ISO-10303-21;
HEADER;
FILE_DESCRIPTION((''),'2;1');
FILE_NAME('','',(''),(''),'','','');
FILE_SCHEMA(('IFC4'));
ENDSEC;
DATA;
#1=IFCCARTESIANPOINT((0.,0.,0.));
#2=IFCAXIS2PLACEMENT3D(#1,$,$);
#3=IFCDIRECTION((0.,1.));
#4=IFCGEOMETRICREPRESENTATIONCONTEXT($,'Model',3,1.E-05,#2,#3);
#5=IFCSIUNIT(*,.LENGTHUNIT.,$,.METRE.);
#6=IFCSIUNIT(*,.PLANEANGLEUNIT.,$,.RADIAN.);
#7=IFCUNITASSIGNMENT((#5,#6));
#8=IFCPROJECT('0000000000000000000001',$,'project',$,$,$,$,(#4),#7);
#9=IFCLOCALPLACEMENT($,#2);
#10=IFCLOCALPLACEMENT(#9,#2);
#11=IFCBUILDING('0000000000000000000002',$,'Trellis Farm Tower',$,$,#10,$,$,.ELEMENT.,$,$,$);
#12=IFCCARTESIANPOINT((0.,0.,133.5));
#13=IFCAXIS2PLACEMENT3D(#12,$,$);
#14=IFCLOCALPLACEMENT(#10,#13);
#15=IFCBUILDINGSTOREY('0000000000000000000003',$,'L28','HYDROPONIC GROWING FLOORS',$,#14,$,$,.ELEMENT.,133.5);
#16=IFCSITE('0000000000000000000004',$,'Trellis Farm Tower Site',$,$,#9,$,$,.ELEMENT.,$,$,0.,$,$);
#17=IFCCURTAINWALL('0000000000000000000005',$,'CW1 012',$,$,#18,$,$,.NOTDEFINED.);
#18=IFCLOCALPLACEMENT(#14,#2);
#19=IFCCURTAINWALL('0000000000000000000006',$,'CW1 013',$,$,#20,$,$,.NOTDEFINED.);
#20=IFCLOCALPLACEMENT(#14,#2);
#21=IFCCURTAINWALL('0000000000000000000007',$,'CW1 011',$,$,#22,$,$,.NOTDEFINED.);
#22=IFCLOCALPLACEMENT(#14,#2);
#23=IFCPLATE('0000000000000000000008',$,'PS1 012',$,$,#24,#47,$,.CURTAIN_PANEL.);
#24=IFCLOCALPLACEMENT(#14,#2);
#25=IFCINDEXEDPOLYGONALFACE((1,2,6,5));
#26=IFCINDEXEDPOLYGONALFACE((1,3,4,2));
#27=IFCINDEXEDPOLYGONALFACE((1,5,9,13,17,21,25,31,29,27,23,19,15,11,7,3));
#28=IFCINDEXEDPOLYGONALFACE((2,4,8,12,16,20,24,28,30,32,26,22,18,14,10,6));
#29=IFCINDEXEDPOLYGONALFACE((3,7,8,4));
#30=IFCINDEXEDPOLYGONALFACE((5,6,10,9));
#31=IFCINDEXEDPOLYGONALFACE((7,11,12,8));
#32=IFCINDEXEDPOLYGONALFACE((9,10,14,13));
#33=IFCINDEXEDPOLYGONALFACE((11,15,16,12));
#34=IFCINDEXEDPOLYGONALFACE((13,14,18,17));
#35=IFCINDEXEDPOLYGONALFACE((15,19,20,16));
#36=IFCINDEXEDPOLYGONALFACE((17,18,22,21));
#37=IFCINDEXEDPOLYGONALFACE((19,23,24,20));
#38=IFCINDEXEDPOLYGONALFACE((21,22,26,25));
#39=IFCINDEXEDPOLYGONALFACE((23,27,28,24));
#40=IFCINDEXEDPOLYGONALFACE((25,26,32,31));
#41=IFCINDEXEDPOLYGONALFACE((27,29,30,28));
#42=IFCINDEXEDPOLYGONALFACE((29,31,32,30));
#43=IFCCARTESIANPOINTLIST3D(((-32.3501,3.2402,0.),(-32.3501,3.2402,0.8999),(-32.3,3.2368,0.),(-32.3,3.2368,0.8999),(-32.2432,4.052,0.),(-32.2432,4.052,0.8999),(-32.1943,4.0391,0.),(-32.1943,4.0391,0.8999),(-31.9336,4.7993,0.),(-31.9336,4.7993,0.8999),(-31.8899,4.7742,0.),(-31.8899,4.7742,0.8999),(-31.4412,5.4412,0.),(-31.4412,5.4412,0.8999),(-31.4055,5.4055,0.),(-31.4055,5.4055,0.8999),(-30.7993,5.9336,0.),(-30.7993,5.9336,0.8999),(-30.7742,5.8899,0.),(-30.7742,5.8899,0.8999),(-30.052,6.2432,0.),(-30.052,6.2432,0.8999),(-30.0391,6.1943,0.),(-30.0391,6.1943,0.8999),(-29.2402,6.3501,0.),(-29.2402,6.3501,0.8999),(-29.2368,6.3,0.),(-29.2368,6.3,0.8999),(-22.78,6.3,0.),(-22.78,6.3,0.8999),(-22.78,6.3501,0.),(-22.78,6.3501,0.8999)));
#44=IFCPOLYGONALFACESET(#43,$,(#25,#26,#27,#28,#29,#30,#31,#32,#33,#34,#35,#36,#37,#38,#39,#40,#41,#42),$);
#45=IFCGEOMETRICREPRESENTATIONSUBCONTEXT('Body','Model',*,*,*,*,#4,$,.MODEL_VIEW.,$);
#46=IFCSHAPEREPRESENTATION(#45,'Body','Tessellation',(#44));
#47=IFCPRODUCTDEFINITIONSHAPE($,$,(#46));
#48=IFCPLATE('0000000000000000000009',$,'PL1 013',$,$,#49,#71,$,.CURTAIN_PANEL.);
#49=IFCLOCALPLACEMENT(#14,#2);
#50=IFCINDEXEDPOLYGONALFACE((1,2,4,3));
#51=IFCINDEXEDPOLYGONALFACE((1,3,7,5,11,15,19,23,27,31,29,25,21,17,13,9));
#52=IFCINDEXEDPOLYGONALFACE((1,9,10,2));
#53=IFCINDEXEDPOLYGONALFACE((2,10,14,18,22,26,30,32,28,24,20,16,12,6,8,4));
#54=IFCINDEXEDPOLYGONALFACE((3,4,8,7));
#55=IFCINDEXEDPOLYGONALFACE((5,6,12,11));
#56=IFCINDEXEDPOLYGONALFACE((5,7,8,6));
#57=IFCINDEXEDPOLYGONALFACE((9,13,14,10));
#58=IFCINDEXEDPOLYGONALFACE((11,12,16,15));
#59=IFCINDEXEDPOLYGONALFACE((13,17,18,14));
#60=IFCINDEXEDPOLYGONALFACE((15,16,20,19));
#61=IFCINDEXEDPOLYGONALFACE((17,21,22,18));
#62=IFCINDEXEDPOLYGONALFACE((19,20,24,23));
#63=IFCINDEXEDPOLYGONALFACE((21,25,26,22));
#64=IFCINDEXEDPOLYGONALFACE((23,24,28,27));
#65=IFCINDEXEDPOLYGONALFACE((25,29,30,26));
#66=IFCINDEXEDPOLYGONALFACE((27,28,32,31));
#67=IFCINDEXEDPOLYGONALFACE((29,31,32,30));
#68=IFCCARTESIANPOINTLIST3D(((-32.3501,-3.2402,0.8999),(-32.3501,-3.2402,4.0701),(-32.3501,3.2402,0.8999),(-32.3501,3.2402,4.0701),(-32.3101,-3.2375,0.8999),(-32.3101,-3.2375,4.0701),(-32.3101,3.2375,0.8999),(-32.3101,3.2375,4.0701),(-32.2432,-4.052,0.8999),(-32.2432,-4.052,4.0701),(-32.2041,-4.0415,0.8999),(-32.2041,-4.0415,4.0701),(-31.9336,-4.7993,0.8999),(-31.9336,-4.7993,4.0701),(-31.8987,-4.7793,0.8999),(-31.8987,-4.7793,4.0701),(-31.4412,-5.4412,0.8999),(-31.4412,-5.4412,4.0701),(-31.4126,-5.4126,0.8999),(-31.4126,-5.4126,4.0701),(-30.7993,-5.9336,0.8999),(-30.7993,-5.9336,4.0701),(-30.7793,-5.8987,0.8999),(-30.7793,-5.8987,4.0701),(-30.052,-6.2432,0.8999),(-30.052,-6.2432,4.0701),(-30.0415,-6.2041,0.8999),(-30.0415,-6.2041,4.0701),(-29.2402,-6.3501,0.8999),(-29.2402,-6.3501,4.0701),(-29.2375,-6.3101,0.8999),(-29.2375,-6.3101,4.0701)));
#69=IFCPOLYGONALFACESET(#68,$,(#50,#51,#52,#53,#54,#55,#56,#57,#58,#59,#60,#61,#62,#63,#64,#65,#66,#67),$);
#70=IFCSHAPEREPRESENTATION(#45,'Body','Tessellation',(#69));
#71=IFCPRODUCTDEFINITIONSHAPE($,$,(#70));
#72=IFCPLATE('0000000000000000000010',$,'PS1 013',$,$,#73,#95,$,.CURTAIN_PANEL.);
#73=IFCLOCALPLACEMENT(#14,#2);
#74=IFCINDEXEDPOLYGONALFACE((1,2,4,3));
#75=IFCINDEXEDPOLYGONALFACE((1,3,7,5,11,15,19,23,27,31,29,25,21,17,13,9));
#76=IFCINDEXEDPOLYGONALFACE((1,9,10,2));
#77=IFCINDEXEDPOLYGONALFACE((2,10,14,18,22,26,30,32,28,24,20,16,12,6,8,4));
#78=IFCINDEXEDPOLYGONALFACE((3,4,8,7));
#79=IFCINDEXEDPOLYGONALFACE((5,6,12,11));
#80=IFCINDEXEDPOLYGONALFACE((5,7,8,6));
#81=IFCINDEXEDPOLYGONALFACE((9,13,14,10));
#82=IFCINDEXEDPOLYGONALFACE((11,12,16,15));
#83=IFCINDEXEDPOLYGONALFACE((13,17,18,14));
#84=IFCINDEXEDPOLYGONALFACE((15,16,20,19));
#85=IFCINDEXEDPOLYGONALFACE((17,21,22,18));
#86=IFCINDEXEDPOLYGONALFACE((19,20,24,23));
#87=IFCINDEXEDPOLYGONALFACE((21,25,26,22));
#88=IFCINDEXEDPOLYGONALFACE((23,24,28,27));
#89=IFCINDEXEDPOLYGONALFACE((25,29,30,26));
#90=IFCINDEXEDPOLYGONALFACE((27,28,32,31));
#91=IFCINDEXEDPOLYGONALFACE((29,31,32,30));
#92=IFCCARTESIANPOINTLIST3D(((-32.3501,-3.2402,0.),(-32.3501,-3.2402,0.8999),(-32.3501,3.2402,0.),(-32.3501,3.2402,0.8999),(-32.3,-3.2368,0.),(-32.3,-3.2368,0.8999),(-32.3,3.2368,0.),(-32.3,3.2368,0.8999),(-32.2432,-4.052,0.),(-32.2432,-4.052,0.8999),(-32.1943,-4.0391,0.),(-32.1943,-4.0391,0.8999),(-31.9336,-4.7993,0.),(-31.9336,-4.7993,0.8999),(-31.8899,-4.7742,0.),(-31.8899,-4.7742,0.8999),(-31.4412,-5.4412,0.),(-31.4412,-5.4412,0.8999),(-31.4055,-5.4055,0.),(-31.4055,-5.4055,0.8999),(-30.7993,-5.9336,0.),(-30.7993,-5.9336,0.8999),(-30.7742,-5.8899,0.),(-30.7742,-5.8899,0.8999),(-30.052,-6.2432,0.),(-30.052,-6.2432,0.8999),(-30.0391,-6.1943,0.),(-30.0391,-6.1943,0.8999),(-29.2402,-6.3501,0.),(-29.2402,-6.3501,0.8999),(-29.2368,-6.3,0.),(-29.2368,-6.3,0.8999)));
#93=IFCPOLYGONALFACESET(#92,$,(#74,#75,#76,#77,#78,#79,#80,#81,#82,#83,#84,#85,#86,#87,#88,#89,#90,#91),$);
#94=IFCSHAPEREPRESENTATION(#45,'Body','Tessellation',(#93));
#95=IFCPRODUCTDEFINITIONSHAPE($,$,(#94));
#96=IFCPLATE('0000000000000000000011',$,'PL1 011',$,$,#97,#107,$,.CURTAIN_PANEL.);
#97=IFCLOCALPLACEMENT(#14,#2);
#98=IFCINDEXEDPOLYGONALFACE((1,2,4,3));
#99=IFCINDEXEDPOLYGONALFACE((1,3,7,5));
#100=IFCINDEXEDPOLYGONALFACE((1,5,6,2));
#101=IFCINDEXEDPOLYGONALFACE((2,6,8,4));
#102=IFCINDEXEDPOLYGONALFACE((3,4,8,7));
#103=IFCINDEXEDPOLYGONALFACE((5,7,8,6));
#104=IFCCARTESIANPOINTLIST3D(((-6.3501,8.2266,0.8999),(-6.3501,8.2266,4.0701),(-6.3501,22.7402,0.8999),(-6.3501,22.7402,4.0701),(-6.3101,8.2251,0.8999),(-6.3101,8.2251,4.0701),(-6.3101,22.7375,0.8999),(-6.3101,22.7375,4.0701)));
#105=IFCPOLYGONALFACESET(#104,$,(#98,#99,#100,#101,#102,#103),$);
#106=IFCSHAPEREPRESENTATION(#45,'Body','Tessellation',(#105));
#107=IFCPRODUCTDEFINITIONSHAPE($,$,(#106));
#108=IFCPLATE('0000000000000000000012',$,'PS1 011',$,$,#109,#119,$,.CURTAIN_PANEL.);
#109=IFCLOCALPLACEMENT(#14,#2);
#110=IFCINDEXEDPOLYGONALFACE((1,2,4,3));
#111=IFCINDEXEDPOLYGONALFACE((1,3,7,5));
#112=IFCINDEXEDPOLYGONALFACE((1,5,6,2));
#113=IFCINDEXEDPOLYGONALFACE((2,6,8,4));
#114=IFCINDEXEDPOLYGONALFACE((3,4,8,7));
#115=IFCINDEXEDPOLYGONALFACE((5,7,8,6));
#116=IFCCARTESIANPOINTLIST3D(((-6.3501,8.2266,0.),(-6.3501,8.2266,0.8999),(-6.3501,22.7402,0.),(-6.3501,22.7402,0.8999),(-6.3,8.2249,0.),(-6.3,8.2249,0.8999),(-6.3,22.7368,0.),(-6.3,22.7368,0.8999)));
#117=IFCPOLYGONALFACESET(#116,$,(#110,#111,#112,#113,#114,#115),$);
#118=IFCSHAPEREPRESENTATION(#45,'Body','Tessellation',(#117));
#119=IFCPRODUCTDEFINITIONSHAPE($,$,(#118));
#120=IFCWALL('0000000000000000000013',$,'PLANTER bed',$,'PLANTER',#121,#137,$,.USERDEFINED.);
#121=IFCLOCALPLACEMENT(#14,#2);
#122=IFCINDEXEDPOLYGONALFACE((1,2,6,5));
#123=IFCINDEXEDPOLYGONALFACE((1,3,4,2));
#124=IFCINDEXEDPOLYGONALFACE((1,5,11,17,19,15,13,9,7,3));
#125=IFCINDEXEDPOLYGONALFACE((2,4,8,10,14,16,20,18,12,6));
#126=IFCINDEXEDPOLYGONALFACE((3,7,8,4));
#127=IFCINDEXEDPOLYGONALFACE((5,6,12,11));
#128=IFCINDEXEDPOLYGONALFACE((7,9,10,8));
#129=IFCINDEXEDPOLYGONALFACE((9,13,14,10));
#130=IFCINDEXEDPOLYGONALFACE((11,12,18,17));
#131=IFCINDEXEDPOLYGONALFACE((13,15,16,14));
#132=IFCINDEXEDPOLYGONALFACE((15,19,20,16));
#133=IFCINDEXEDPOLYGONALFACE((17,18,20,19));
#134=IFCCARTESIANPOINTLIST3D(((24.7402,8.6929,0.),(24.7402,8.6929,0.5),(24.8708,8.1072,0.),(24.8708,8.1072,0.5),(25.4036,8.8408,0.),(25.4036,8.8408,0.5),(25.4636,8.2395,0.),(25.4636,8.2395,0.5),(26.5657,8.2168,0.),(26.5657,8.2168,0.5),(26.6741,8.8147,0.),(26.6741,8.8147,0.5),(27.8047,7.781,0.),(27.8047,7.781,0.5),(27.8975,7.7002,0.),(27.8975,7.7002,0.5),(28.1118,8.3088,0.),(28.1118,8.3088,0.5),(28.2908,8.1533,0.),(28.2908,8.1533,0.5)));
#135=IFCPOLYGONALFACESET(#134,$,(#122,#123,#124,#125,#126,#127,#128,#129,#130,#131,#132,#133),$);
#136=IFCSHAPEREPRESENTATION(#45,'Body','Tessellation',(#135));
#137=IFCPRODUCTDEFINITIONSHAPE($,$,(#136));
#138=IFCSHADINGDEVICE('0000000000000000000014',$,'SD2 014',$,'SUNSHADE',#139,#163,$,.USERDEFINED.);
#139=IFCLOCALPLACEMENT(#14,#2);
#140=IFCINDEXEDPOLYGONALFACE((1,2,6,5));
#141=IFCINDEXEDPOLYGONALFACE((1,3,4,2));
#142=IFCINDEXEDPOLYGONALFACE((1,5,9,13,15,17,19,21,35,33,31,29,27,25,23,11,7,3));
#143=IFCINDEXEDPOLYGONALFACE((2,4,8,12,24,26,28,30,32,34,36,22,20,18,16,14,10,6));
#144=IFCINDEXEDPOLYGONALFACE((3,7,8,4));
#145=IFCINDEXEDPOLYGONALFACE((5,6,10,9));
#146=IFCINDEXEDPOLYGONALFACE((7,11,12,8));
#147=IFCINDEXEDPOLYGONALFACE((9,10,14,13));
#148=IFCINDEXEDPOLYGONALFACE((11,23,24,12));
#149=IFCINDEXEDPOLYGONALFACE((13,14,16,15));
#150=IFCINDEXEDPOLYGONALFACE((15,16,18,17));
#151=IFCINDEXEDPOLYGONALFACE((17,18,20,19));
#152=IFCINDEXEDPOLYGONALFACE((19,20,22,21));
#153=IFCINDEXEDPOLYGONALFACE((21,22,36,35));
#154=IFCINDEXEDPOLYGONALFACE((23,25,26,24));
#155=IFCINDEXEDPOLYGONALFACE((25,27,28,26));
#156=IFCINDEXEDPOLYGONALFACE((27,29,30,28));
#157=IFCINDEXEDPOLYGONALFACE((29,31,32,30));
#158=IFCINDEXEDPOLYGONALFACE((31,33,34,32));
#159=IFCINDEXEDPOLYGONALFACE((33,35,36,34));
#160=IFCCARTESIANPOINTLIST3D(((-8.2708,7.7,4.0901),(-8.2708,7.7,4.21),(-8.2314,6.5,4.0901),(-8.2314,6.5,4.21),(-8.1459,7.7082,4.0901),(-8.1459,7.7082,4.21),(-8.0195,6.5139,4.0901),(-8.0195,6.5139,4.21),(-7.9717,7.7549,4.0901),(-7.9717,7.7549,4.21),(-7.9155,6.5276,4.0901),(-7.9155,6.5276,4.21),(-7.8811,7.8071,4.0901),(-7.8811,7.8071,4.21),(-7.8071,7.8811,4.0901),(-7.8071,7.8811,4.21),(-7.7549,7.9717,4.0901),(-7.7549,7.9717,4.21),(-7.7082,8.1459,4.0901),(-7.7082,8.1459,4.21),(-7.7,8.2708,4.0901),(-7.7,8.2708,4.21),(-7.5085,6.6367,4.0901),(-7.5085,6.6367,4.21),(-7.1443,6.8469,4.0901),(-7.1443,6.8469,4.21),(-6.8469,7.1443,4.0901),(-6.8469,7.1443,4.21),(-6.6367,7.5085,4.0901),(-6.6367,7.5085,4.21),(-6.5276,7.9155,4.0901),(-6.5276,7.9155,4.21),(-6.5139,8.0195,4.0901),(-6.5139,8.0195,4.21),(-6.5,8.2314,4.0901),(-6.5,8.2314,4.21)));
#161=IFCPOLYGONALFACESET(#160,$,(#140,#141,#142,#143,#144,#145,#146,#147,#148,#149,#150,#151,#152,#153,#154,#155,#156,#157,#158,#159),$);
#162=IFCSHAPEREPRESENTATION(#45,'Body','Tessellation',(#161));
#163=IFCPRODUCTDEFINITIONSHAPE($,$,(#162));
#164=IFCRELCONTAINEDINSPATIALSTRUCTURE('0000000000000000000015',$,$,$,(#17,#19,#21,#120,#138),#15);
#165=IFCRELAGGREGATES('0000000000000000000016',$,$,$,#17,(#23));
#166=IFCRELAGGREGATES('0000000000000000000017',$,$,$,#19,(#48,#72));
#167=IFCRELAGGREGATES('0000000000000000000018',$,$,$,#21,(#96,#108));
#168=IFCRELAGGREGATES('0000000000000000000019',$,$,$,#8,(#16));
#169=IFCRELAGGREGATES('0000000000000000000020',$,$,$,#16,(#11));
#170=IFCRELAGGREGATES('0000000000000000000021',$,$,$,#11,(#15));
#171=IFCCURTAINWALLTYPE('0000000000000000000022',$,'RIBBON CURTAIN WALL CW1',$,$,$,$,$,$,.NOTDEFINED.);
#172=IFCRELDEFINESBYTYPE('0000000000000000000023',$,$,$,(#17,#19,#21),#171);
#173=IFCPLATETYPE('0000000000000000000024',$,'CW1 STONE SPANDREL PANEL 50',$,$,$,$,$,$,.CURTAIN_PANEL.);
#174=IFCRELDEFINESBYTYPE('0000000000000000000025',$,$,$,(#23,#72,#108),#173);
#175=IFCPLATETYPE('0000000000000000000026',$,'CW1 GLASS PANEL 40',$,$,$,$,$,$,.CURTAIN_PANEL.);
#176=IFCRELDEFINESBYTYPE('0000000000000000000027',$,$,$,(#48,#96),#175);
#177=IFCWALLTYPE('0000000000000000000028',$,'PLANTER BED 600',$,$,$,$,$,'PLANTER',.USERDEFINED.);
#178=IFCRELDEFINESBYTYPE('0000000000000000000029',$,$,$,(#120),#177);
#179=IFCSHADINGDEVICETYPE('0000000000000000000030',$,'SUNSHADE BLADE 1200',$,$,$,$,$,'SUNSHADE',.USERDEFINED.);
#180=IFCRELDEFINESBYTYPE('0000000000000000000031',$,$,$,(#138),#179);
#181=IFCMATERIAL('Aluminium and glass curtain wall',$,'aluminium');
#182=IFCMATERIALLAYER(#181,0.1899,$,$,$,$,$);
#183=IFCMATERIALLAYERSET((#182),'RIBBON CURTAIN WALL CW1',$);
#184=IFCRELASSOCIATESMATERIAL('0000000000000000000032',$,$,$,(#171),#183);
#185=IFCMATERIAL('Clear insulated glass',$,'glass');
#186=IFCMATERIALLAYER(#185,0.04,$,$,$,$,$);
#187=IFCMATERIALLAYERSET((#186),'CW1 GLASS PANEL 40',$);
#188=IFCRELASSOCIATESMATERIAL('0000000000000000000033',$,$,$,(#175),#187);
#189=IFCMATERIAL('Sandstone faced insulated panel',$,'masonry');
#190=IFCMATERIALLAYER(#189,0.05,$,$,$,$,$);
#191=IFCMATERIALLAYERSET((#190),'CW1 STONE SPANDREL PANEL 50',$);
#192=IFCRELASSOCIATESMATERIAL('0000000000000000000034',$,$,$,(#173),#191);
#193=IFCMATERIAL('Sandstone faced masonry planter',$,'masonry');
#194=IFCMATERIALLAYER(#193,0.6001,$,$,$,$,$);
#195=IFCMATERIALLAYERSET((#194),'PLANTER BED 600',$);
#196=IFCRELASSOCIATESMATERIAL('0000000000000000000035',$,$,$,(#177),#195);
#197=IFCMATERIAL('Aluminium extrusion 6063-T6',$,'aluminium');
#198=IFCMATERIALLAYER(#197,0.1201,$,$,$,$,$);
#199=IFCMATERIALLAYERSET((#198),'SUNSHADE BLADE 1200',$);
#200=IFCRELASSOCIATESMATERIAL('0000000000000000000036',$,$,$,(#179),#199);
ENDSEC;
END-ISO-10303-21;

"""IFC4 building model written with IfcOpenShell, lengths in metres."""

from ifc_helpers import new_model, si_unit, direction, frame, origin, place, context, subcontext, project, spatial, polyline, outline, extrude, source, transform, mapped, material, layer, layer_set, type_object, element, aggregate, save


model = new_model("IFC4")

# Units and contexts
model_context = context("Model", 3, precision=1e-05, world=origin(), true_north=direction((0.0, 1.0)))
body_context = subcontext(model_context, "Body", "Model", "MODEL_VIEW")
ifc_project = project(units=[si_unit("LENGTHUNIT", "METRE"), si_unit("PLANEANGLEUNIT", "RADIAN")], contexts=[model_context])

# Site, building, storey
site_placement = place(None, origin())
site = spatial("IfcSite", under=ifc_project, at=site_placement, Name="Trellis Farm Tower Site", CompositionType="ELEMENT", RefElevation=0.0)
building_placement = place(site_placement, origin())
building = spatial("IfcBuilding", under=site, at=building_placement, Name="Trellis Farm Tower", CompositionType="ELEMENT")
storey_placement = place(building_placement, frame((0.0, 0.0, 133.5)))
storey = spatial("IfcBuildingStorey", under=building, at=storey_placement, Name="L28", Description="HYDROPONIC GROWING FLOORS", CompositionType="ELEMENT", Elevation=133.5)

# Curtain walls
ifc_material_1 = material(Name="Aluminium and glass curtain wall", Category="aluminium")
placement_1 = place(storey_placement, origin())
ifc_material_2 = material(Name="Aluminium extrusion 6063-T6", Category="aluminium")
ifc_layer_1 = layer(ifc_material_1, 0.1899)
ifc_layer_set_1 = layer_set([ifc_layer_1], Name="RIBBON CURTAIN WALL CW1")
curtain_wall_type_1 = type_object("IfcCurtainWallType", Name="RIBBON CURTAIN WALL CW1", PredefinedType="NOTDEFINED", material=ifc_layer_set_1)
curtain_wall_1 = element("IfcCurtainWall", 1, at=placement_1, inside=storey, type_object=curtain_wall_type_1, Name="CW1 012", PredefinedType="NOTDEFINED")
curtain_wall_2 = element("IfcCurtainWall", 2, at=placement_1, inside=storey, type_object=curtain_wall_type_1, Name="CW1 013", PredefinedType="NOTDEFINED")
curtain_wall_3 = element("IfcCurtainWall", 3, at=placement_1, inside=storey, type_object=curtain_wall_type_1, Name="CW1 011", PredefinedType="NOTDEFINED")

# Plates
ifc_material_3 = material(Name="Clear insulated glass", Category="glass")
ifc_layer_2 = layer(ifc_material_3, 0.04)
ifc_layer_set_2 = layer_set([ifc_layer_2], Name="CW1 GLASS PANEL 40")
plate_type_1 = type_object("IfcPlateType", Name="CW1 GLASS PANEL 40", PredefinedType="CURTAIN_PANEL", material=ifc_layer_set_2)
placement_2 = place(storey_placement, frame((0.0, 0.0, 0.8999)))
ifc_material_4 = material(Name="Sandstone faced insulated panel", Category="masonry")
ifc_layer_3 = layer(ifc_material_4, 0.05)
ifc_layer_set_3 = layer_set([ifc_layer_3], Name="CW1 STONE SPANDREL PANEL 50")
plate_type_2 = type_object("IfcPlateType", Name="CW1 STONE SPANDREL PANEL 50", PredefinedType="CURTAIN_PANEL", material=ifc_layer_set_3)
shared_shape_1 = source(origin(), body_context, "Body", "SweptSolid", [
    extrude(outline(polyline([(-22.78, 6.3501), (-29.2402, 6.3501), (-30.052, 6.2432), (-30.7993, 5.9336), (-31.4412, 5.4412), (-31.9336, 4.7993), (-32.2432, 4.052), (-32.3501, 3.2402), (-32.3, 3.2368), (-32.1943, 4.0391), (-31.8899, 4.7742), (-31.4055, 5.4055), (-30.7742, 5.8899), (-30.0391, 6.1943), (-29.2368, 6.3), (-22.78, 6.3), (-22.78, 6.3501)])), origin(), (0.0, 0.0, 1.0), 0.8999),
])
plate_1 = element("IfcPlate", 4, at=placement_1, type_object=plate_type_2, Name="PS1 012", PredefinedType="CURTAIN_PANEL", context=body_context, shape_type="MappedRepresentation", body=[
    mapped(shared_shape_1, transform((0.0, 0.0, 0.0))),
])
aggregate(curtain_wall_1, [plate_1])
shared_shape_2 = source(origin(), body_context, "Body", "SweptSolid", [
    extrude(outline(polyline([(-32.3501, 3.2402), (-32.3501, -3.2402), (-32.2432, -4.052), (-31.9336, -4.7993), (-31.4412, -5.4412), (-30.7993, -5.9336), (-30.052, -6.2432), (-29.2402, -6.3501), (-29.2375, -6.3101), (-30.0415, -6.2041), (-30.7793, -5.8987), (-31.4126, -5.4126), (-31.8987, -4.7793), (-32.2041, -4.0415), (-32.3101, -3.2375), (-32.3101, 3.2375), (-32.3501, 3.2402)])), origin(), (0.0, 0.0, 1.0), 3.1702),
])
plate_2 = element("IfcPlate", 5, at=placement_2, type_object=plate_type_1, Name="PL1 013", PredefinedType="CURTAIN_PANEL", context=body_context, shape_type="MappedRepresentation", body=[
    mapped(shared_shape_2, transform((0.0, 0.0, 0.0))),
])
shared_shape_3 = source(origin(), body_context, "Body", "SweptSolid", [
    extrude(outline(polyline([(-32.3501, 3.2402), (-32.3501, -3.2402), (-32.2432, -4.052), (-31.9336, -4.7993), (-31.4412, -5.4412), (-30.7993, -5.9336), (-30.052, -6.2432), (-29.2402, -6.3501), (-29.2368, -6.3), (-30.0391, -6.1943), (-30.7742, -5.8899), (-31.4055, -5.4055), (-31.8899, -4.7742), (-32.1943, -4.0391), (-32.3, -3.2368), (-32.3, 3.2368), (-32.3501, 3.2402)])), origin(), (0.0, 0.0, 1.0), 0.8999),
])
plate_3 = element("IfcPlate", 6, at=placement_1, type_object=plate_type_2, Name="PS1 013", PredefinedType="CURTAIN_PANEL", context=body_context, shape_type="MappedRepresentation", body=[
    mapped(shared_shape_3, transform((0.0, 0.0, 0.0))),
])
aggregate(curtain_wall_2, [plate_2, plate_3])
shared_shape_4 = source(origin(), body_context, "Body", "SweptSolid", [
    extrude(outline(polyline([(-6.3501, 22.7402), (-6.3501, 8.2266), (-6.3101, 8.2251), (-6.3101, 22.7375), (-6.3501, 22.7402)])), origin(), (0.0, 0.0, 1.0), 3.1702),
])
plate_4 = element("IfcPlate", 7, at=placement_2, type_object=plate_type_1, Name="PL1 011", PredefinedType="CURTAIN_PANEL", context=body_context, shape_type="MappedRepresentation", body=[
    mapped(shared_shape_4, transform((0.0, 0.0, 0.0))),
])
shared_shape_5 = source(origin(), body_context, "Body", "SweptSolid", [
    extrude(outline(polyline([(-6.3501, 22.7402), (-6.3501, 8.2266), (-6.3, 8.2249), (-6.3, 22.7368), (-6.3501, 22.7402)])), origin(), (0.0, 0.0, 1.0), 0.8999),
])
plate_5 = element("IfcPlate", 8, at=placement_1, type_object=plate_type_2, Name="PS1 011", PredefinedType="CURTAIN_PANEL", context=body_context, shape_type="MappedRepresentation", body=[
    mapped(shared_shape_5, transform((0.0, 0.0, 0.0))),
])
aggregate(curtain_wall_3, [plate_4, plate_5])

# Wall
ifc_material_5 = material(Name="Sandstone faced masonry planter", Category="masonry")
ifc_layer_4 = layer(ifc_material_5, 0.6001)
ifc_layer_set_4 = layer_set([ifc_layer_4], Name="PLANTER BED 600")
wall_type = type_object("IfcWallType", Name="PLANTER BED 600", ElementType="PLANTER", PredefinedType="USERDEFINED", material=ifc_layer_set_4)
element("IfcWall", 9, at=placement_1, inside=storey, type_object=wall_type, Name="PLANTER bed", ObjectType="PLANTER", PredefinedType="USERDEFINED", context=body_context, shape_type="SweptSolid", body=[
    extrude(outline(polyline([(25.4036, 8.8408), (26.6741, 8.8147), (28.1118, 8.3088), (28.2908, 8.1533), (27.8975, 7.7002), (27.8047, 7.781), (26.5657, 8.2168), (25.4636, 8.2395), (24.8708, 8.1072), (24.7402, 8.6929), (25.4036, 8.8408)])), origin(), (0.0, 0.0, 1.0), 0.5),
])

# Shading device
ifc_layer_5 = layer(ifc_material_2, 0.1201)
ifc_layer_set_5 = layer_set([ifc_layer_5], Name="SUNSHADE BLADE 1200")
shading_device_type_1 = type_object("IfcShadingDeviceType", Name="SUNSHADE BLADE 1200", ElementType="SUNSHADE", PredefinedType="USERDEFINED", material=ifc_layer_set_5)
shared_shape_6 = source(origin(), body_context, "Body", "SweptSolid", [
    extrude(outline(polyline([(-7.7, 8.2708), (-7.7087, 8.1372), (-7.707, 8.1501), (-7.7549, 7.9717), (-7.8071, 7.8811), (-7.8811, 7.8071), (-7.9717, 7.7549), (-8.1501, 7.707), (-8.1372, 7.7087), (-8.2708, 7.7), (-8.2314, 6.5), (-8.0195, 6.5139), (-7.9155, 6.5276), (-7.5085, 6.6367), (-7.1443, 6.8469), (-6.8469, 7.1443), (-6.6367, 7.5085), (-6.5276, 7.9155), (-6.5139, 8.0195), (-6.5, 8.2314), (-7.7, 8.2708)])), origin(), (0.0, 0.0, 1.0), 0.1199),
])
placement_3 = place(storey_placement, frame((0.0, 0.0, 4.0901)))
element("IfcShadingDevice", 10, at=placement_3, inside=storey, type_object=shading_device_type_1, Name="SD2 014", ObjectType="SUNSHADE", PredefinedType="USERDEFINED", context=body_context, shape_type="MappedRepresentation", body=[
    mapped(shared_shape_6, transform((0.0, 0.0, 0.0))),
])

save(model, "model.ifc")
